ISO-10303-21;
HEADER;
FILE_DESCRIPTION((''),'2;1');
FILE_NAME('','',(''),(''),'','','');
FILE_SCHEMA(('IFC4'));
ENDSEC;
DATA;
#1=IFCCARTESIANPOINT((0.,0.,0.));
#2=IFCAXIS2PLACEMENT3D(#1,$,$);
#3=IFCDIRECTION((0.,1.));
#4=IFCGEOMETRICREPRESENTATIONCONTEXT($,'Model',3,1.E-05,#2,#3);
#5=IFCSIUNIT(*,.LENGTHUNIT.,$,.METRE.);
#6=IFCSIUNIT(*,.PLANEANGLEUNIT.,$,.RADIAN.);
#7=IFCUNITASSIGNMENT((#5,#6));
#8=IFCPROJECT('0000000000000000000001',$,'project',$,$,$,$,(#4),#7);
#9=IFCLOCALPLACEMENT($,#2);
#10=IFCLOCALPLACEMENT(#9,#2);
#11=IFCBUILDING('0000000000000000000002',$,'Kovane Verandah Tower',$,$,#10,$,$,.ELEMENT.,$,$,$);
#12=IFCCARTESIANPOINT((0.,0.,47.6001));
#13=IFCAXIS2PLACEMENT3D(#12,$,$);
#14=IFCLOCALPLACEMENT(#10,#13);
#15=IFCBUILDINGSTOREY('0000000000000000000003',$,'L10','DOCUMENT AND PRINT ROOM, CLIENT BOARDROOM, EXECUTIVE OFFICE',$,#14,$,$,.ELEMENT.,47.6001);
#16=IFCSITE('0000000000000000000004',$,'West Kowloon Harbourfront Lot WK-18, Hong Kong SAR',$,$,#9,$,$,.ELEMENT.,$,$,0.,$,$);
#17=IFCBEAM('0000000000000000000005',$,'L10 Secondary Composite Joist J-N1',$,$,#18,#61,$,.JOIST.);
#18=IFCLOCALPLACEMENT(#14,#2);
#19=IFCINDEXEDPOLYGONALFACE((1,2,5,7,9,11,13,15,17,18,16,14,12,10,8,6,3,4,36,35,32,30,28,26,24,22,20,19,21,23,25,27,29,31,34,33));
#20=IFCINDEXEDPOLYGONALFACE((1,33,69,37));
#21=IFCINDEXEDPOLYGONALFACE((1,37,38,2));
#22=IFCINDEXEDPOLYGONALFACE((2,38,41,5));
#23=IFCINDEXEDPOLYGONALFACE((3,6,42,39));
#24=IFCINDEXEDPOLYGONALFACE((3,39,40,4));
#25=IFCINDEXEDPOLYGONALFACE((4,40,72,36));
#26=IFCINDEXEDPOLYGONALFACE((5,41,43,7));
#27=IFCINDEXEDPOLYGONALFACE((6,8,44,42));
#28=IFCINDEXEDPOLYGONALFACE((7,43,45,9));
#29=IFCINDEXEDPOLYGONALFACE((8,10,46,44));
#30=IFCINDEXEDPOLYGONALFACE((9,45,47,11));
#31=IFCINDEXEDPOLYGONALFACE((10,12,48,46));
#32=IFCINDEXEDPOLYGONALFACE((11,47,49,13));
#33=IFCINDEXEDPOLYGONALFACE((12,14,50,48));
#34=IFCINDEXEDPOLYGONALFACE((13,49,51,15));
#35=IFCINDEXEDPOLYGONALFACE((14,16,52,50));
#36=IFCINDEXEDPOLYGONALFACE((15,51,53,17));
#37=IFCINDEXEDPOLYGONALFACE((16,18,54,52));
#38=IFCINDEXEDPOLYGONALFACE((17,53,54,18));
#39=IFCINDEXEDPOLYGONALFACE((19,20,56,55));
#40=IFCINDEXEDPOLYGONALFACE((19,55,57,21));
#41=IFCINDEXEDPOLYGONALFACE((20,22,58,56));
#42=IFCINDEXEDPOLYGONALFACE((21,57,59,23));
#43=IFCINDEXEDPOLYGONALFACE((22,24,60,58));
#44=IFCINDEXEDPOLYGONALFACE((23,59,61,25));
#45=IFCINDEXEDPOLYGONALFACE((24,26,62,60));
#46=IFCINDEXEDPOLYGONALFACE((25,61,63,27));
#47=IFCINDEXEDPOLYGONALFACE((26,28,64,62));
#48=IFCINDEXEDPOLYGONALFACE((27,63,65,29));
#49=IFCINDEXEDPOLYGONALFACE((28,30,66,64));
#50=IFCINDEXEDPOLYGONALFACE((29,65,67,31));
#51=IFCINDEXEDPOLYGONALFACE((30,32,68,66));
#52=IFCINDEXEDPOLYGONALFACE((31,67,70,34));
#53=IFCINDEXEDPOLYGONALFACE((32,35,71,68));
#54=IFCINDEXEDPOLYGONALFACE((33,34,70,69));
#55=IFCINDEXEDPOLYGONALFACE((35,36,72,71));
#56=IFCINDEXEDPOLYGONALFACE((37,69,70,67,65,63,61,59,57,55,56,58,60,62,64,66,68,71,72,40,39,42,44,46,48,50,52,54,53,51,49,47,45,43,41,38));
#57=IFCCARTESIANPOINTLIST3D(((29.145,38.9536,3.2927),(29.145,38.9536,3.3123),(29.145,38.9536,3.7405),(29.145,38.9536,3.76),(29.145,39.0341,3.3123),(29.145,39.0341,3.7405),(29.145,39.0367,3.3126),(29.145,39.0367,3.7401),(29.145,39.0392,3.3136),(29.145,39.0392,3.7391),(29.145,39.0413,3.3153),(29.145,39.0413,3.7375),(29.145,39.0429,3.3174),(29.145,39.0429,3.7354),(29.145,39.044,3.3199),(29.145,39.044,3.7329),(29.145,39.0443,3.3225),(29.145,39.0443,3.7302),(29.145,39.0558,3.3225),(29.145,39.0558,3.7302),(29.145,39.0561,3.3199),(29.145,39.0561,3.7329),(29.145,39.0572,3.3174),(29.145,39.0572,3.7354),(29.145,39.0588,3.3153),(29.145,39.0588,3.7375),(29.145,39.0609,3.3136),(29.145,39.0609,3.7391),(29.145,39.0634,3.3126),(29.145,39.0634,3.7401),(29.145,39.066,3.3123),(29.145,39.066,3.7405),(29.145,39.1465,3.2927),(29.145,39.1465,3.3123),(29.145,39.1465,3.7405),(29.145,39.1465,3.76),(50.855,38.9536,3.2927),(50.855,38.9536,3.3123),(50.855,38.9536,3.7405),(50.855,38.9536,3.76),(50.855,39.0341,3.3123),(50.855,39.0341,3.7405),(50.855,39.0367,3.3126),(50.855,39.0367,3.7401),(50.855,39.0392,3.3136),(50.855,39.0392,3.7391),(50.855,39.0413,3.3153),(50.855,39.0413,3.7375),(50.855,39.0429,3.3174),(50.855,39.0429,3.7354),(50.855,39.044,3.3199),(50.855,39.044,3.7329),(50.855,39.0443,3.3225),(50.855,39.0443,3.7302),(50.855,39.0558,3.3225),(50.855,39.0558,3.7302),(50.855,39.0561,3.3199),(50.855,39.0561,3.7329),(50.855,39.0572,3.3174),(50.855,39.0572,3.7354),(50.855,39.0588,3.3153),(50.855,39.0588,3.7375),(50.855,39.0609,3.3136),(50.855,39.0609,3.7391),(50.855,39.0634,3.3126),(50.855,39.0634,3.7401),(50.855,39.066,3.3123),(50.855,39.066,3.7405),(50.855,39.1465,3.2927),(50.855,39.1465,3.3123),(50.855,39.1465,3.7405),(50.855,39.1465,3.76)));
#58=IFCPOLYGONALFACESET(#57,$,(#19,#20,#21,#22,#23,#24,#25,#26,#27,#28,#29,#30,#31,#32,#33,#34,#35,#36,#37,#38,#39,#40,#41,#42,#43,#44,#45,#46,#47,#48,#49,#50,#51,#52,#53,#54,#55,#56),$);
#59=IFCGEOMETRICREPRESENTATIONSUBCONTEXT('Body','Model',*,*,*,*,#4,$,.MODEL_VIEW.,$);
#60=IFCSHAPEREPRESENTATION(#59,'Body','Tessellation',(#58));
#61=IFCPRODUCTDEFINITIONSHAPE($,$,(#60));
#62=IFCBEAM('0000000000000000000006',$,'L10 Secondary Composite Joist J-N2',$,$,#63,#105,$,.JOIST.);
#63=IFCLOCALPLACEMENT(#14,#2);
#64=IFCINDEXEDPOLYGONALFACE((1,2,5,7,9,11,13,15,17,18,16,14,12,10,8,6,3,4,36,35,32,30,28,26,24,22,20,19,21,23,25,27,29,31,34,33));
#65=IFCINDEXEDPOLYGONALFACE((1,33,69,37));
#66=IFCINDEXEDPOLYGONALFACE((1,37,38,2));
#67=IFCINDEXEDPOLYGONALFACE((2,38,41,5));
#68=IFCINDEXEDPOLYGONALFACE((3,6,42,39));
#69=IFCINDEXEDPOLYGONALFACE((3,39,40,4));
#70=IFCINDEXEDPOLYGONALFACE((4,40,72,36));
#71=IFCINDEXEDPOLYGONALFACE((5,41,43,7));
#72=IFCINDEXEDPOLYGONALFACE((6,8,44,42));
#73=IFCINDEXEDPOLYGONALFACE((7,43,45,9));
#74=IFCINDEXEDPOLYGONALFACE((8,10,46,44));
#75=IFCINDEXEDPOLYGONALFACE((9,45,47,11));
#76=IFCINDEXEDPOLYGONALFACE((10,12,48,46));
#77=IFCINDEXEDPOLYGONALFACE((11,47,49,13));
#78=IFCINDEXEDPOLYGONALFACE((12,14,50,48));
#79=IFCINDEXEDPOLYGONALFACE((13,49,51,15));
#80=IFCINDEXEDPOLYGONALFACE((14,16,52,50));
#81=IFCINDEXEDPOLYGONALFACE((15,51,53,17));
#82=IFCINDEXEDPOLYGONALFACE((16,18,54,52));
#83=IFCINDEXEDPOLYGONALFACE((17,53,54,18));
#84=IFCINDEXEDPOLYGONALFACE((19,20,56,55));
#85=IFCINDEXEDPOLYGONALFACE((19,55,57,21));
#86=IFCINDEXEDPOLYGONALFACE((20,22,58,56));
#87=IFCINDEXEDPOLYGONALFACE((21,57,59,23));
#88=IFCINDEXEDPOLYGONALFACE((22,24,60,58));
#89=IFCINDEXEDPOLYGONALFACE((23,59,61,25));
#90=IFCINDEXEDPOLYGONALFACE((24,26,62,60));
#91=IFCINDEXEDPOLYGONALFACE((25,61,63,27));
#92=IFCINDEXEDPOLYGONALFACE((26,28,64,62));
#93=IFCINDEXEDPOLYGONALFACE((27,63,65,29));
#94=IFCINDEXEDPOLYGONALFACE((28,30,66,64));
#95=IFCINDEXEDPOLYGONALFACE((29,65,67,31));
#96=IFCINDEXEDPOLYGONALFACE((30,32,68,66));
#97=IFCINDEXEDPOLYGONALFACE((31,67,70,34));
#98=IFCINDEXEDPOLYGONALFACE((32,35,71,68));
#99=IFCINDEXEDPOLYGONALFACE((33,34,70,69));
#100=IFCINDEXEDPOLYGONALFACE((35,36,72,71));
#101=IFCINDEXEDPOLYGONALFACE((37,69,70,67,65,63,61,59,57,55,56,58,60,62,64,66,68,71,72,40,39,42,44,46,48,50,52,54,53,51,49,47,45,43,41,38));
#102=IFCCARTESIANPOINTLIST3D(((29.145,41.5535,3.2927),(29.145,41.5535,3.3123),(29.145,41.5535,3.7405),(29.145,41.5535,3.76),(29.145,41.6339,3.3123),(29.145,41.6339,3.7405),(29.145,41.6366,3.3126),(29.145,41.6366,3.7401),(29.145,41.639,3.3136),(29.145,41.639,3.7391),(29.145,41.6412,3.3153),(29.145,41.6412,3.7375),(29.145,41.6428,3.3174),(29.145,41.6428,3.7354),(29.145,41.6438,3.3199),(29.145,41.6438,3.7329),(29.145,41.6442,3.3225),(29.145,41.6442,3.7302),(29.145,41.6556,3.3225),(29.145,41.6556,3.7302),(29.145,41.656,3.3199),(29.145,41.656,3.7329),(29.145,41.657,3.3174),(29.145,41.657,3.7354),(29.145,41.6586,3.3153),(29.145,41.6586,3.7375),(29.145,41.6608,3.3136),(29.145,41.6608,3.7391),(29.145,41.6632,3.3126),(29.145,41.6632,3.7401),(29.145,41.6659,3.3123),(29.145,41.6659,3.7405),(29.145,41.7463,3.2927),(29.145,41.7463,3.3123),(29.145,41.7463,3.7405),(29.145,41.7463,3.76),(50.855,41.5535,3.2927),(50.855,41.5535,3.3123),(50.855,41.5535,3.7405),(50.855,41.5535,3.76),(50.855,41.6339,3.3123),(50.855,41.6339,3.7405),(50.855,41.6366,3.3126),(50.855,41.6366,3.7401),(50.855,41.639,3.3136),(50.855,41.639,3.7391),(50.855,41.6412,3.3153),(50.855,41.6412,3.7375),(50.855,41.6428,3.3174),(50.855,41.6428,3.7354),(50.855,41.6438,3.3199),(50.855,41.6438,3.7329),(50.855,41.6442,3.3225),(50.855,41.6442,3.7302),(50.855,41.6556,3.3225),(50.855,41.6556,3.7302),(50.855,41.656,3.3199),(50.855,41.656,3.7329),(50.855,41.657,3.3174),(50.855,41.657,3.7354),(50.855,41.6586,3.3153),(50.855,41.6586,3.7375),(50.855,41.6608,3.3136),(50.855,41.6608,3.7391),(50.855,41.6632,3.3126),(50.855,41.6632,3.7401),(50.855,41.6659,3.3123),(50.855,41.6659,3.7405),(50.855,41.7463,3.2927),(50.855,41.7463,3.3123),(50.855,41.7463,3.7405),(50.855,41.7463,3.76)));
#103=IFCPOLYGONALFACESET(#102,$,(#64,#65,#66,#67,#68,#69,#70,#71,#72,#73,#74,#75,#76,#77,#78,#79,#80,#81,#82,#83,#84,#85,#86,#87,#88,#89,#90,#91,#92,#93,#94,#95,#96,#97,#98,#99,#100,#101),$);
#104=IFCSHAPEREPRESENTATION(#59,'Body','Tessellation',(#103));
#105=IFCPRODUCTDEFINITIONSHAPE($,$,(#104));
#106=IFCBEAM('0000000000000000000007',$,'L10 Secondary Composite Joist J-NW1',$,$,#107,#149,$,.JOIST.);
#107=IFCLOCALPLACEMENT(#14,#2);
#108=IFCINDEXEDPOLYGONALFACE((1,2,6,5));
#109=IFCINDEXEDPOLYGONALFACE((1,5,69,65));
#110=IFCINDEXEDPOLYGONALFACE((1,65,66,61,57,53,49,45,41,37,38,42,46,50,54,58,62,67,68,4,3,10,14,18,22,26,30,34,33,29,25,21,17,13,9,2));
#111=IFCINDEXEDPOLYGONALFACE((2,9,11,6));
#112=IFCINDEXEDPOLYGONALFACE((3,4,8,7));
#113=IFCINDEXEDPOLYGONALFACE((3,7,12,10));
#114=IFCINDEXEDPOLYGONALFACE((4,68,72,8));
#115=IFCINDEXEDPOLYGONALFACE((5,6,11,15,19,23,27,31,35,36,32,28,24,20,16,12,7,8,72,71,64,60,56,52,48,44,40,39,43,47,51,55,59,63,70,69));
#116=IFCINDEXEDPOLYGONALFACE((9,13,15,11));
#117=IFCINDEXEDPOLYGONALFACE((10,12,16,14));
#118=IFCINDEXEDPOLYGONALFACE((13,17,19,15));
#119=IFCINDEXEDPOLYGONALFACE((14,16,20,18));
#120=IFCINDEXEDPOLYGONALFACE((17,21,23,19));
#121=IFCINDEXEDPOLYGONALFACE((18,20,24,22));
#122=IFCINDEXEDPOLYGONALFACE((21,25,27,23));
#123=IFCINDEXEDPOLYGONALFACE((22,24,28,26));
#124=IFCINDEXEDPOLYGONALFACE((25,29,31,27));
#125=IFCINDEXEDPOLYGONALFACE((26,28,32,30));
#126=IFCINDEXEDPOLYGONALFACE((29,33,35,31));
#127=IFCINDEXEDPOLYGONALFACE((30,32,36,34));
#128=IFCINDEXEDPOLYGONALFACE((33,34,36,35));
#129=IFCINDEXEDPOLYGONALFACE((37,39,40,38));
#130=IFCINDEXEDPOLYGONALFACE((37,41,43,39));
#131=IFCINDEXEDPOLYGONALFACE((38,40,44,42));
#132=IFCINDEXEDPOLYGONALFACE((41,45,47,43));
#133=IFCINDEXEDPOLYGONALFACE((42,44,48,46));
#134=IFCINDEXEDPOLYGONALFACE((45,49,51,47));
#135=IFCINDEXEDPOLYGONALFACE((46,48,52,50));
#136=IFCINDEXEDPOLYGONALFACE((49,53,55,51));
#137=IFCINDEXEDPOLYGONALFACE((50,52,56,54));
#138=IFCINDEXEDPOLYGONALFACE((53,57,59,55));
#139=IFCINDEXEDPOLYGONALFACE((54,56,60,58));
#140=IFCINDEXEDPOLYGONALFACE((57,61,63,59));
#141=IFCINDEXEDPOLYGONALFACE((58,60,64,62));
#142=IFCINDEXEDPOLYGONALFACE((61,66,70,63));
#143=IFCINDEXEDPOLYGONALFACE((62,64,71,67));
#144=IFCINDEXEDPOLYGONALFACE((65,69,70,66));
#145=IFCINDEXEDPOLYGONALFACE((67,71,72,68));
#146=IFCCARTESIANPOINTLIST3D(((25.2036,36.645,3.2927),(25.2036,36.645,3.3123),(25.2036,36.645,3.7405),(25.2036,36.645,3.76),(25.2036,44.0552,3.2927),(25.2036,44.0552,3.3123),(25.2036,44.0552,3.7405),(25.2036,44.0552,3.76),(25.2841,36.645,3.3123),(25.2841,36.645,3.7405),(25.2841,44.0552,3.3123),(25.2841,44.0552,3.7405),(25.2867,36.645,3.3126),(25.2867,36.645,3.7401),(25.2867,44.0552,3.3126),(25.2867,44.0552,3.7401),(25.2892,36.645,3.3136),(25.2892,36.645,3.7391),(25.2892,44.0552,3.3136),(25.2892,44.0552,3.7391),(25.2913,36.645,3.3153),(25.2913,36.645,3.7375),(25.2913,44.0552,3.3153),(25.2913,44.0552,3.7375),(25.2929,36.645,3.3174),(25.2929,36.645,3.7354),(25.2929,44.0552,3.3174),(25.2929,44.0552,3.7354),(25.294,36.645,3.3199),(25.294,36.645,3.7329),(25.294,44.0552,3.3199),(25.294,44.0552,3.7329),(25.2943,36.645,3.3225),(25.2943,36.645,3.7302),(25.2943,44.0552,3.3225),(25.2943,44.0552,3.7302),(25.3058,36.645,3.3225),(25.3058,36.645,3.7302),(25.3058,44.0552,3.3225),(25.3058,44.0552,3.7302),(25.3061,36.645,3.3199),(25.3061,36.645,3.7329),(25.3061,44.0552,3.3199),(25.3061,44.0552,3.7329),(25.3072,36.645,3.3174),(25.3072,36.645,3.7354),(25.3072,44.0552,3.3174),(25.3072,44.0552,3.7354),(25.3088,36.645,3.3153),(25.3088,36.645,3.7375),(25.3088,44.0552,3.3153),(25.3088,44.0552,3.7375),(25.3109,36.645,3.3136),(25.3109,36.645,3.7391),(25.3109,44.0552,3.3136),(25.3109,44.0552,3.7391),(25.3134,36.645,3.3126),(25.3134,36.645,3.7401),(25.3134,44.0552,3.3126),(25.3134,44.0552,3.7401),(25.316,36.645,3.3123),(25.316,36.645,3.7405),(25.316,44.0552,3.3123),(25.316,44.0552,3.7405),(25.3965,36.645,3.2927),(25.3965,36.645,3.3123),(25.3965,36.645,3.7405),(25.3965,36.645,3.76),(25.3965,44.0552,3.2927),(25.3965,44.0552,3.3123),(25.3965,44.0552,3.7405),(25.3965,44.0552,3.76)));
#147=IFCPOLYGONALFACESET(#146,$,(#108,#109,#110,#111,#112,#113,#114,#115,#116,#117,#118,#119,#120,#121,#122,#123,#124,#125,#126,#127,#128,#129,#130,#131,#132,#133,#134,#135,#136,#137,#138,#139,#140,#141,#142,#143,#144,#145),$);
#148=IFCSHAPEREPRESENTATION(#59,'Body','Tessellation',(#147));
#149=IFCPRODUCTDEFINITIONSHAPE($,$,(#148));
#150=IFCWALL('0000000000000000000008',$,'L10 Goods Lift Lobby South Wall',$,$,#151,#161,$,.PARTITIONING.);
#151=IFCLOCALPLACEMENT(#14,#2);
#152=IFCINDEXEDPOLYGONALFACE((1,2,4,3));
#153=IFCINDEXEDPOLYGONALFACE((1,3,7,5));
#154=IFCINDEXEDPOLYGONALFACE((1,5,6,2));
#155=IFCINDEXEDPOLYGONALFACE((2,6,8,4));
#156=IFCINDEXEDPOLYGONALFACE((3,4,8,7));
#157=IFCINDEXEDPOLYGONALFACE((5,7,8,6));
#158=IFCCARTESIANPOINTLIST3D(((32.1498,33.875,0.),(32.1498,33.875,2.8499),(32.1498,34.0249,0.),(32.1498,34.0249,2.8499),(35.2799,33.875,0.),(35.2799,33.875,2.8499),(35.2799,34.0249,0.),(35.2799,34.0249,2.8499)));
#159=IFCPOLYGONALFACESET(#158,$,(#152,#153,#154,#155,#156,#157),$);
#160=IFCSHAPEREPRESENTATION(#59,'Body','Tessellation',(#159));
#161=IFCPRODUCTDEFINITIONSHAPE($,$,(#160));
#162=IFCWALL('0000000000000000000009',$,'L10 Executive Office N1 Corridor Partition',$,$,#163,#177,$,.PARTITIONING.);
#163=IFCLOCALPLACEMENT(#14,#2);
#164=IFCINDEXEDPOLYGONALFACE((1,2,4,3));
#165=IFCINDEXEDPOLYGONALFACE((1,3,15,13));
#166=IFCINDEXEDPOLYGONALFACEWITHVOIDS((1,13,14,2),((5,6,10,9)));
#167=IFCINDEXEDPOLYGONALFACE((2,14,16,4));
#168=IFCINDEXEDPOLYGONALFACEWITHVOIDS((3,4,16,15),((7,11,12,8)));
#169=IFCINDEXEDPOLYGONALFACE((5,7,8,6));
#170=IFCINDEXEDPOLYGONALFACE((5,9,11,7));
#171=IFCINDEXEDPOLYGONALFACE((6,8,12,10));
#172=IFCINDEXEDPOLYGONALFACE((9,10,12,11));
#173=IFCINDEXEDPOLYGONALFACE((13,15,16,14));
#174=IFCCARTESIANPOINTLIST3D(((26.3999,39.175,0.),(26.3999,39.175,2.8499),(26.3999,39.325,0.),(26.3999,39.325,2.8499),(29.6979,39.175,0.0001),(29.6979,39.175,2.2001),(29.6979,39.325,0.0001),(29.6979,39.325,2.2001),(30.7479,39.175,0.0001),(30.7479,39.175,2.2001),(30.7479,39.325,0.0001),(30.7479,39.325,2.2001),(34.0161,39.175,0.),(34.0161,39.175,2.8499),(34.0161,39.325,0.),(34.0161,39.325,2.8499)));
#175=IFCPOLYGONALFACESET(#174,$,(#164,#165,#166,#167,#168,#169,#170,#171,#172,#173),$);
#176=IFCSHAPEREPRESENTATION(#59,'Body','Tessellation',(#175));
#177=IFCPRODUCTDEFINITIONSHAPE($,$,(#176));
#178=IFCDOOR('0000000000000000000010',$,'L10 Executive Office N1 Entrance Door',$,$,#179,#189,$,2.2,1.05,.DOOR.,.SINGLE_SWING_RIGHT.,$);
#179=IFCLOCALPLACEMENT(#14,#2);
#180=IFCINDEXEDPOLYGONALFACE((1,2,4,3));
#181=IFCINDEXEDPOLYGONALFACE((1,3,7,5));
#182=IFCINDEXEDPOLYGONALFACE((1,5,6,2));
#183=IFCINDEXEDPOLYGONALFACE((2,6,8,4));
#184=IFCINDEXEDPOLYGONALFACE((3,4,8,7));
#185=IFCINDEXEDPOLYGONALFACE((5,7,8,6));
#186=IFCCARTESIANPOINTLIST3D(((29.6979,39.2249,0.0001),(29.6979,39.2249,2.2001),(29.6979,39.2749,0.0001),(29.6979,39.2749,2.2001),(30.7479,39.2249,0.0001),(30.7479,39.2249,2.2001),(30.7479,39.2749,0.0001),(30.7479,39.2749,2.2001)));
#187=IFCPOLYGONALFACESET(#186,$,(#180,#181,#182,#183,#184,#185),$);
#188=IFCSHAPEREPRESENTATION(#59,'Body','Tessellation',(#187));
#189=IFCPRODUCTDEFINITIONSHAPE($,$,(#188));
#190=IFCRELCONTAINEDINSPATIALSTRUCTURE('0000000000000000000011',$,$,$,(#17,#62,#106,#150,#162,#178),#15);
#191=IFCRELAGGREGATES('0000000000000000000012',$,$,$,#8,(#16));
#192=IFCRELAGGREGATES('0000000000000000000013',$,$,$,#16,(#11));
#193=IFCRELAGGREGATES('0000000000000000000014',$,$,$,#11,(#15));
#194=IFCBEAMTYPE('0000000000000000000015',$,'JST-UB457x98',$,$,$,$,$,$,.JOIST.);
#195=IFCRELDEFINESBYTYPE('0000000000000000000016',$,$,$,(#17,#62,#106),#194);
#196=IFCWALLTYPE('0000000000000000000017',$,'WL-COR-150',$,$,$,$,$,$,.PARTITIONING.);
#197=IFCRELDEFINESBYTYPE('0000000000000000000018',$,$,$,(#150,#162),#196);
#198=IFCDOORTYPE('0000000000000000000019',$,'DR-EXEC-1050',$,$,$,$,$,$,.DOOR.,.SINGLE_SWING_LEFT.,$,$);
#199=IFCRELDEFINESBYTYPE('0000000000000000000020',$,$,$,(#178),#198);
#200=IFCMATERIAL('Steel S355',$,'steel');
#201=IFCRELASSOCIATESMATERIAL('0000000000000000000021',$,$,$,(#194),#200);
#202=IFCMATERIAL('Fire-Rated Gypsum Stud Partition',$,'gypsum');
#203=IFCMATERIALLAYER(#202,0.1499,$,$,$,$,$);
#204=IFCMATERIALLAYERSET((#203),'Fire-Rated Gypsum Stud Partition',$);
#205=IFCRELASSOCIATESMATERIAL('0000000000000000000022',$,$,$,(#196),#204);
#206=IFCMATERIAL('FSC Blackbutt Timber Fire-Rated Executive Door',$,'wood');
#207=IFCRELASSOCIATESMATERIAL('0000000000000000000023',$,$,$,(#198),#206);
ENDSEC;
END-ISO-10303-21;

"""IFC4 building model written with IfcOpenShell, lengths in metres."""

from ifc_helpers import new_model, si_unit, direction, frame, frame_2d, origin, origin_2d, place, context, subcontext, project, spatial, rectangle, i_section, extrude, material, layer, layer_set, material_profile, profile_set, type_object, element, fill, save


model = new_model("IFC4")

# Units and contexts
model_context = context("Model", 3, precision=1e-05, world=origin(), true_north=direction((0.0, 1.0)))
body_context = subcontext(model_context, "Body", "Model", "MODEL_VIEW")
ifc_project = project(units=[si_unit("LENGTHUNIT", "METRE"), si_unit("PLANEANGLEUNIT", "RADIAN")], contexts=[model_context])

# Site, building, storey
site_placement = place(None, origin())
site = spatial("IfcSite", under=ifc_project, at=site_placement, Name="West Kowloon Harbourfront Lot WK-18, Hong Kong SAR", CompositionType="ELEMENT", RefElevation=0.0)
building_placement = place(site_placement, origin())
building = spatial("IfcBuilding", under=site, at=building_placement, Name="Kovane Verandah Tower", CompositionType="ELEMENT")
storey_placement = place(building_placement, frame((0.0, 0.0, 47.6001)))
storey = spatial("IfcBuildingStorey", under=building, at=storey_placement, Name="L10", Description="DOCUMENT AND PRINT ROOM, CLIENT BOARDROOM, EXECUTIVE OFFICE", CompositionType="ELEMENT", Elevation=47.6001)

# Beams
ifc_material_1 = material(Name="Steel S355", Category="steel")
ifc_material_profile_1 = material_profile(ifc_material_1, i_section(OverallWidth=0.1929, OverallDepth=0.4673, WebThickness=0.0115, FlangeThickness=0.0195, FilletRadius=0.0103, at=origin_2d()), Name="UB457x191x98")
ifc_profile_set_1 = profile_set([ifc_material_profile_1], Name="Steel S355")
beam_type_1 = type_object("IfcBeamType", Name="JST-UB457x98", PredefinedType="JOIST", material=ifc_profile_set_1)
for number, where, z_axis, x_axis, name in (
    (1, (29.145, 39.05, 3.5264), (1.0, 0.0, 0.0), (0.0, 1.0, 0.0), "L10 Secondary Composite Joist J-N1"),
    (2, (29.145, 41.6499, 3.5264), (1.0, 0.0, 0.0), (0.0, 1.0, 0.0), "L10 Secondary Composite Joist J-N2"),
):
    element("IfcBeam", number, at=place(storey_placement, frame(where, z_axis=z_axis, x_axis=x_axis)), inside=storey, type_object=beam_type_1, Name=name, PredefinedType="JOIST", context=body_context, shape_type="SweptSolid", body=[
        extrude(i_section(OverallWidth=0.1929, OverallDepth=0.4673, WebThickness=0.0115, FlangeThickness=0.0195, FilletRadius=0.0103, at=origin_2d()), origin(), (0.0, 0.0, 1.0), 21.71),
    ])
beam_1_placement = place(storey_placement, frame((25.3, 36.645, 3.5264), z_axis=(0.0, 1.0, 0.0), x_axis=(-1.0, 0.0, 0.0)))
element("IfcBeam", 3, at=beam_1_placement, inside=storey, type_object=beam_type_1, Name="L10 Secondary Composite Joist J-NW1", PredefinedType="JOIST", context=body_context, shape_type="SweptSolid", body=[
    extrude(i_section(OverallWidth=0.1929, OverallDepth=0.4673, WebThickness=0.0115, FlangeThickness=0.0195, FilletRadius=0.0103, at=origin_2d()), origin(), (0.0, 0.0, 1.0), 7.4102),
])

# Wall
ifc_material_2 = material(Name="Fire-Rated Gypsum Stud Partition", Category="gypsum")
ifc_layer_1 = layer(ifc_material_2, 0.1499)
ifc_layer_set_1 = layer_set([ifc_layer_1], Name="Fire-Rated Gypsum Stud Partition")
wall_type_1 = type_object("IfcWallType", Name="WL-COR-150", PredefinedType="PARTITIONING", material=ifc_layer_set_1)
wall_1_placement = place(storey_placement, frame((32.1499, 33.95, 0.0), z_axis=(0.0, 0.0, 1.0), x_axis=(1.0, 0.0, 0.0)))
element("IfcWall", 4, at=wall_1_placement, inside=storey, type_object=wall_type_1, Name="L10 Goods Lift Lobby South Wall", PredefinedType="PARTITIONING", context=body_context, shape_type="SweptSolid", body=[
    extrude(rectangle(XDim=3.1301, YDim=0.1499, at=frame_2d((1.5649, 0.0))), origin(), (0.0, 0.0, 1.0), 2.8499),
])

# Wall, opening, door
wall_2_placement = place(storey_placement, frame((26.3999, 39.25, 0.0), z_axis=(0.0, 0.0, 1.0), x_axis=(1.0, 0.0, 0.0)))
wall_2 = element("IfcWall", 5, at=wall_2_placement, inside=storey, type_object=wall_type_1, Name="L10 Executive Office N1 Corridor Partition", PredefinedType="PARTITIONING", context=body_context, shape_type="SweptSolid", body=[
    extrude(rectangle(XDim=7.6162, YDim=0.1499, at=frame_2d((3.8081, 0.0))), origin(), (0.0, 0.0, 1.0), 2.8499),
])
opening_1_placement = place(wall_2_placement, frame((3.2981, 0.0, 0.0)))
opening_1 = element("IfcOpeningElement", 6, at=opening_1_placement, cuts=wall_2, PredefinedType="OPENING", context=body_context, shape_type="SweptSolid", body=[
    extrude(rectangle(XDim=1.05, YDim=2.2, at=frame_2d((0.5249, 1.1001))), frame((0.0, 0.075, 0.0), z_axis=(0.0, -1.0, 0.0), x_axis=(1.0, 0.0, 0.0)), (0.0, 0.0, 1.0), 0.1499),
])
ifc_material_3 = material(Name="FSC Blackbutt Timber Fire-Rated Executive Door", Category="wood")
door_type_1 = type_object("IfcDoorType", Name="DR-EXEC-1050", OperationType="SINGLE_SWING_LEFT", PredefinedType="DOOR", material=ifc_material_3)
door_1_placement = place(opening_1_placement, origin())
door_1 = element("IfcDoor", 7, at=door_1_placement, inside=storey, type_object=door_type_1, Name="L10 Executive Office N1 Entrance Door", OperationType="SINGLE_SWING_RIGHT", OverallHeight=2.2, OverallWidth=1.05, PredefinedType="DOOR", context=body_context, shape_type="SweptSolid", body=[
    extrude(rectangle(XDim=1.05, YDim=2.2, at=frame_2d((0.5249, 1.1001))), frame((0.0, 0.0249, 0.0), z_axis=(0.0, -1.0, 0.0), x_axis=(1.0, 0.0, 0.0)), (0.0, 0.0, 1.0), 0.05),
])
fill(opening_1, door_1)

save(model, "model.ifc")
